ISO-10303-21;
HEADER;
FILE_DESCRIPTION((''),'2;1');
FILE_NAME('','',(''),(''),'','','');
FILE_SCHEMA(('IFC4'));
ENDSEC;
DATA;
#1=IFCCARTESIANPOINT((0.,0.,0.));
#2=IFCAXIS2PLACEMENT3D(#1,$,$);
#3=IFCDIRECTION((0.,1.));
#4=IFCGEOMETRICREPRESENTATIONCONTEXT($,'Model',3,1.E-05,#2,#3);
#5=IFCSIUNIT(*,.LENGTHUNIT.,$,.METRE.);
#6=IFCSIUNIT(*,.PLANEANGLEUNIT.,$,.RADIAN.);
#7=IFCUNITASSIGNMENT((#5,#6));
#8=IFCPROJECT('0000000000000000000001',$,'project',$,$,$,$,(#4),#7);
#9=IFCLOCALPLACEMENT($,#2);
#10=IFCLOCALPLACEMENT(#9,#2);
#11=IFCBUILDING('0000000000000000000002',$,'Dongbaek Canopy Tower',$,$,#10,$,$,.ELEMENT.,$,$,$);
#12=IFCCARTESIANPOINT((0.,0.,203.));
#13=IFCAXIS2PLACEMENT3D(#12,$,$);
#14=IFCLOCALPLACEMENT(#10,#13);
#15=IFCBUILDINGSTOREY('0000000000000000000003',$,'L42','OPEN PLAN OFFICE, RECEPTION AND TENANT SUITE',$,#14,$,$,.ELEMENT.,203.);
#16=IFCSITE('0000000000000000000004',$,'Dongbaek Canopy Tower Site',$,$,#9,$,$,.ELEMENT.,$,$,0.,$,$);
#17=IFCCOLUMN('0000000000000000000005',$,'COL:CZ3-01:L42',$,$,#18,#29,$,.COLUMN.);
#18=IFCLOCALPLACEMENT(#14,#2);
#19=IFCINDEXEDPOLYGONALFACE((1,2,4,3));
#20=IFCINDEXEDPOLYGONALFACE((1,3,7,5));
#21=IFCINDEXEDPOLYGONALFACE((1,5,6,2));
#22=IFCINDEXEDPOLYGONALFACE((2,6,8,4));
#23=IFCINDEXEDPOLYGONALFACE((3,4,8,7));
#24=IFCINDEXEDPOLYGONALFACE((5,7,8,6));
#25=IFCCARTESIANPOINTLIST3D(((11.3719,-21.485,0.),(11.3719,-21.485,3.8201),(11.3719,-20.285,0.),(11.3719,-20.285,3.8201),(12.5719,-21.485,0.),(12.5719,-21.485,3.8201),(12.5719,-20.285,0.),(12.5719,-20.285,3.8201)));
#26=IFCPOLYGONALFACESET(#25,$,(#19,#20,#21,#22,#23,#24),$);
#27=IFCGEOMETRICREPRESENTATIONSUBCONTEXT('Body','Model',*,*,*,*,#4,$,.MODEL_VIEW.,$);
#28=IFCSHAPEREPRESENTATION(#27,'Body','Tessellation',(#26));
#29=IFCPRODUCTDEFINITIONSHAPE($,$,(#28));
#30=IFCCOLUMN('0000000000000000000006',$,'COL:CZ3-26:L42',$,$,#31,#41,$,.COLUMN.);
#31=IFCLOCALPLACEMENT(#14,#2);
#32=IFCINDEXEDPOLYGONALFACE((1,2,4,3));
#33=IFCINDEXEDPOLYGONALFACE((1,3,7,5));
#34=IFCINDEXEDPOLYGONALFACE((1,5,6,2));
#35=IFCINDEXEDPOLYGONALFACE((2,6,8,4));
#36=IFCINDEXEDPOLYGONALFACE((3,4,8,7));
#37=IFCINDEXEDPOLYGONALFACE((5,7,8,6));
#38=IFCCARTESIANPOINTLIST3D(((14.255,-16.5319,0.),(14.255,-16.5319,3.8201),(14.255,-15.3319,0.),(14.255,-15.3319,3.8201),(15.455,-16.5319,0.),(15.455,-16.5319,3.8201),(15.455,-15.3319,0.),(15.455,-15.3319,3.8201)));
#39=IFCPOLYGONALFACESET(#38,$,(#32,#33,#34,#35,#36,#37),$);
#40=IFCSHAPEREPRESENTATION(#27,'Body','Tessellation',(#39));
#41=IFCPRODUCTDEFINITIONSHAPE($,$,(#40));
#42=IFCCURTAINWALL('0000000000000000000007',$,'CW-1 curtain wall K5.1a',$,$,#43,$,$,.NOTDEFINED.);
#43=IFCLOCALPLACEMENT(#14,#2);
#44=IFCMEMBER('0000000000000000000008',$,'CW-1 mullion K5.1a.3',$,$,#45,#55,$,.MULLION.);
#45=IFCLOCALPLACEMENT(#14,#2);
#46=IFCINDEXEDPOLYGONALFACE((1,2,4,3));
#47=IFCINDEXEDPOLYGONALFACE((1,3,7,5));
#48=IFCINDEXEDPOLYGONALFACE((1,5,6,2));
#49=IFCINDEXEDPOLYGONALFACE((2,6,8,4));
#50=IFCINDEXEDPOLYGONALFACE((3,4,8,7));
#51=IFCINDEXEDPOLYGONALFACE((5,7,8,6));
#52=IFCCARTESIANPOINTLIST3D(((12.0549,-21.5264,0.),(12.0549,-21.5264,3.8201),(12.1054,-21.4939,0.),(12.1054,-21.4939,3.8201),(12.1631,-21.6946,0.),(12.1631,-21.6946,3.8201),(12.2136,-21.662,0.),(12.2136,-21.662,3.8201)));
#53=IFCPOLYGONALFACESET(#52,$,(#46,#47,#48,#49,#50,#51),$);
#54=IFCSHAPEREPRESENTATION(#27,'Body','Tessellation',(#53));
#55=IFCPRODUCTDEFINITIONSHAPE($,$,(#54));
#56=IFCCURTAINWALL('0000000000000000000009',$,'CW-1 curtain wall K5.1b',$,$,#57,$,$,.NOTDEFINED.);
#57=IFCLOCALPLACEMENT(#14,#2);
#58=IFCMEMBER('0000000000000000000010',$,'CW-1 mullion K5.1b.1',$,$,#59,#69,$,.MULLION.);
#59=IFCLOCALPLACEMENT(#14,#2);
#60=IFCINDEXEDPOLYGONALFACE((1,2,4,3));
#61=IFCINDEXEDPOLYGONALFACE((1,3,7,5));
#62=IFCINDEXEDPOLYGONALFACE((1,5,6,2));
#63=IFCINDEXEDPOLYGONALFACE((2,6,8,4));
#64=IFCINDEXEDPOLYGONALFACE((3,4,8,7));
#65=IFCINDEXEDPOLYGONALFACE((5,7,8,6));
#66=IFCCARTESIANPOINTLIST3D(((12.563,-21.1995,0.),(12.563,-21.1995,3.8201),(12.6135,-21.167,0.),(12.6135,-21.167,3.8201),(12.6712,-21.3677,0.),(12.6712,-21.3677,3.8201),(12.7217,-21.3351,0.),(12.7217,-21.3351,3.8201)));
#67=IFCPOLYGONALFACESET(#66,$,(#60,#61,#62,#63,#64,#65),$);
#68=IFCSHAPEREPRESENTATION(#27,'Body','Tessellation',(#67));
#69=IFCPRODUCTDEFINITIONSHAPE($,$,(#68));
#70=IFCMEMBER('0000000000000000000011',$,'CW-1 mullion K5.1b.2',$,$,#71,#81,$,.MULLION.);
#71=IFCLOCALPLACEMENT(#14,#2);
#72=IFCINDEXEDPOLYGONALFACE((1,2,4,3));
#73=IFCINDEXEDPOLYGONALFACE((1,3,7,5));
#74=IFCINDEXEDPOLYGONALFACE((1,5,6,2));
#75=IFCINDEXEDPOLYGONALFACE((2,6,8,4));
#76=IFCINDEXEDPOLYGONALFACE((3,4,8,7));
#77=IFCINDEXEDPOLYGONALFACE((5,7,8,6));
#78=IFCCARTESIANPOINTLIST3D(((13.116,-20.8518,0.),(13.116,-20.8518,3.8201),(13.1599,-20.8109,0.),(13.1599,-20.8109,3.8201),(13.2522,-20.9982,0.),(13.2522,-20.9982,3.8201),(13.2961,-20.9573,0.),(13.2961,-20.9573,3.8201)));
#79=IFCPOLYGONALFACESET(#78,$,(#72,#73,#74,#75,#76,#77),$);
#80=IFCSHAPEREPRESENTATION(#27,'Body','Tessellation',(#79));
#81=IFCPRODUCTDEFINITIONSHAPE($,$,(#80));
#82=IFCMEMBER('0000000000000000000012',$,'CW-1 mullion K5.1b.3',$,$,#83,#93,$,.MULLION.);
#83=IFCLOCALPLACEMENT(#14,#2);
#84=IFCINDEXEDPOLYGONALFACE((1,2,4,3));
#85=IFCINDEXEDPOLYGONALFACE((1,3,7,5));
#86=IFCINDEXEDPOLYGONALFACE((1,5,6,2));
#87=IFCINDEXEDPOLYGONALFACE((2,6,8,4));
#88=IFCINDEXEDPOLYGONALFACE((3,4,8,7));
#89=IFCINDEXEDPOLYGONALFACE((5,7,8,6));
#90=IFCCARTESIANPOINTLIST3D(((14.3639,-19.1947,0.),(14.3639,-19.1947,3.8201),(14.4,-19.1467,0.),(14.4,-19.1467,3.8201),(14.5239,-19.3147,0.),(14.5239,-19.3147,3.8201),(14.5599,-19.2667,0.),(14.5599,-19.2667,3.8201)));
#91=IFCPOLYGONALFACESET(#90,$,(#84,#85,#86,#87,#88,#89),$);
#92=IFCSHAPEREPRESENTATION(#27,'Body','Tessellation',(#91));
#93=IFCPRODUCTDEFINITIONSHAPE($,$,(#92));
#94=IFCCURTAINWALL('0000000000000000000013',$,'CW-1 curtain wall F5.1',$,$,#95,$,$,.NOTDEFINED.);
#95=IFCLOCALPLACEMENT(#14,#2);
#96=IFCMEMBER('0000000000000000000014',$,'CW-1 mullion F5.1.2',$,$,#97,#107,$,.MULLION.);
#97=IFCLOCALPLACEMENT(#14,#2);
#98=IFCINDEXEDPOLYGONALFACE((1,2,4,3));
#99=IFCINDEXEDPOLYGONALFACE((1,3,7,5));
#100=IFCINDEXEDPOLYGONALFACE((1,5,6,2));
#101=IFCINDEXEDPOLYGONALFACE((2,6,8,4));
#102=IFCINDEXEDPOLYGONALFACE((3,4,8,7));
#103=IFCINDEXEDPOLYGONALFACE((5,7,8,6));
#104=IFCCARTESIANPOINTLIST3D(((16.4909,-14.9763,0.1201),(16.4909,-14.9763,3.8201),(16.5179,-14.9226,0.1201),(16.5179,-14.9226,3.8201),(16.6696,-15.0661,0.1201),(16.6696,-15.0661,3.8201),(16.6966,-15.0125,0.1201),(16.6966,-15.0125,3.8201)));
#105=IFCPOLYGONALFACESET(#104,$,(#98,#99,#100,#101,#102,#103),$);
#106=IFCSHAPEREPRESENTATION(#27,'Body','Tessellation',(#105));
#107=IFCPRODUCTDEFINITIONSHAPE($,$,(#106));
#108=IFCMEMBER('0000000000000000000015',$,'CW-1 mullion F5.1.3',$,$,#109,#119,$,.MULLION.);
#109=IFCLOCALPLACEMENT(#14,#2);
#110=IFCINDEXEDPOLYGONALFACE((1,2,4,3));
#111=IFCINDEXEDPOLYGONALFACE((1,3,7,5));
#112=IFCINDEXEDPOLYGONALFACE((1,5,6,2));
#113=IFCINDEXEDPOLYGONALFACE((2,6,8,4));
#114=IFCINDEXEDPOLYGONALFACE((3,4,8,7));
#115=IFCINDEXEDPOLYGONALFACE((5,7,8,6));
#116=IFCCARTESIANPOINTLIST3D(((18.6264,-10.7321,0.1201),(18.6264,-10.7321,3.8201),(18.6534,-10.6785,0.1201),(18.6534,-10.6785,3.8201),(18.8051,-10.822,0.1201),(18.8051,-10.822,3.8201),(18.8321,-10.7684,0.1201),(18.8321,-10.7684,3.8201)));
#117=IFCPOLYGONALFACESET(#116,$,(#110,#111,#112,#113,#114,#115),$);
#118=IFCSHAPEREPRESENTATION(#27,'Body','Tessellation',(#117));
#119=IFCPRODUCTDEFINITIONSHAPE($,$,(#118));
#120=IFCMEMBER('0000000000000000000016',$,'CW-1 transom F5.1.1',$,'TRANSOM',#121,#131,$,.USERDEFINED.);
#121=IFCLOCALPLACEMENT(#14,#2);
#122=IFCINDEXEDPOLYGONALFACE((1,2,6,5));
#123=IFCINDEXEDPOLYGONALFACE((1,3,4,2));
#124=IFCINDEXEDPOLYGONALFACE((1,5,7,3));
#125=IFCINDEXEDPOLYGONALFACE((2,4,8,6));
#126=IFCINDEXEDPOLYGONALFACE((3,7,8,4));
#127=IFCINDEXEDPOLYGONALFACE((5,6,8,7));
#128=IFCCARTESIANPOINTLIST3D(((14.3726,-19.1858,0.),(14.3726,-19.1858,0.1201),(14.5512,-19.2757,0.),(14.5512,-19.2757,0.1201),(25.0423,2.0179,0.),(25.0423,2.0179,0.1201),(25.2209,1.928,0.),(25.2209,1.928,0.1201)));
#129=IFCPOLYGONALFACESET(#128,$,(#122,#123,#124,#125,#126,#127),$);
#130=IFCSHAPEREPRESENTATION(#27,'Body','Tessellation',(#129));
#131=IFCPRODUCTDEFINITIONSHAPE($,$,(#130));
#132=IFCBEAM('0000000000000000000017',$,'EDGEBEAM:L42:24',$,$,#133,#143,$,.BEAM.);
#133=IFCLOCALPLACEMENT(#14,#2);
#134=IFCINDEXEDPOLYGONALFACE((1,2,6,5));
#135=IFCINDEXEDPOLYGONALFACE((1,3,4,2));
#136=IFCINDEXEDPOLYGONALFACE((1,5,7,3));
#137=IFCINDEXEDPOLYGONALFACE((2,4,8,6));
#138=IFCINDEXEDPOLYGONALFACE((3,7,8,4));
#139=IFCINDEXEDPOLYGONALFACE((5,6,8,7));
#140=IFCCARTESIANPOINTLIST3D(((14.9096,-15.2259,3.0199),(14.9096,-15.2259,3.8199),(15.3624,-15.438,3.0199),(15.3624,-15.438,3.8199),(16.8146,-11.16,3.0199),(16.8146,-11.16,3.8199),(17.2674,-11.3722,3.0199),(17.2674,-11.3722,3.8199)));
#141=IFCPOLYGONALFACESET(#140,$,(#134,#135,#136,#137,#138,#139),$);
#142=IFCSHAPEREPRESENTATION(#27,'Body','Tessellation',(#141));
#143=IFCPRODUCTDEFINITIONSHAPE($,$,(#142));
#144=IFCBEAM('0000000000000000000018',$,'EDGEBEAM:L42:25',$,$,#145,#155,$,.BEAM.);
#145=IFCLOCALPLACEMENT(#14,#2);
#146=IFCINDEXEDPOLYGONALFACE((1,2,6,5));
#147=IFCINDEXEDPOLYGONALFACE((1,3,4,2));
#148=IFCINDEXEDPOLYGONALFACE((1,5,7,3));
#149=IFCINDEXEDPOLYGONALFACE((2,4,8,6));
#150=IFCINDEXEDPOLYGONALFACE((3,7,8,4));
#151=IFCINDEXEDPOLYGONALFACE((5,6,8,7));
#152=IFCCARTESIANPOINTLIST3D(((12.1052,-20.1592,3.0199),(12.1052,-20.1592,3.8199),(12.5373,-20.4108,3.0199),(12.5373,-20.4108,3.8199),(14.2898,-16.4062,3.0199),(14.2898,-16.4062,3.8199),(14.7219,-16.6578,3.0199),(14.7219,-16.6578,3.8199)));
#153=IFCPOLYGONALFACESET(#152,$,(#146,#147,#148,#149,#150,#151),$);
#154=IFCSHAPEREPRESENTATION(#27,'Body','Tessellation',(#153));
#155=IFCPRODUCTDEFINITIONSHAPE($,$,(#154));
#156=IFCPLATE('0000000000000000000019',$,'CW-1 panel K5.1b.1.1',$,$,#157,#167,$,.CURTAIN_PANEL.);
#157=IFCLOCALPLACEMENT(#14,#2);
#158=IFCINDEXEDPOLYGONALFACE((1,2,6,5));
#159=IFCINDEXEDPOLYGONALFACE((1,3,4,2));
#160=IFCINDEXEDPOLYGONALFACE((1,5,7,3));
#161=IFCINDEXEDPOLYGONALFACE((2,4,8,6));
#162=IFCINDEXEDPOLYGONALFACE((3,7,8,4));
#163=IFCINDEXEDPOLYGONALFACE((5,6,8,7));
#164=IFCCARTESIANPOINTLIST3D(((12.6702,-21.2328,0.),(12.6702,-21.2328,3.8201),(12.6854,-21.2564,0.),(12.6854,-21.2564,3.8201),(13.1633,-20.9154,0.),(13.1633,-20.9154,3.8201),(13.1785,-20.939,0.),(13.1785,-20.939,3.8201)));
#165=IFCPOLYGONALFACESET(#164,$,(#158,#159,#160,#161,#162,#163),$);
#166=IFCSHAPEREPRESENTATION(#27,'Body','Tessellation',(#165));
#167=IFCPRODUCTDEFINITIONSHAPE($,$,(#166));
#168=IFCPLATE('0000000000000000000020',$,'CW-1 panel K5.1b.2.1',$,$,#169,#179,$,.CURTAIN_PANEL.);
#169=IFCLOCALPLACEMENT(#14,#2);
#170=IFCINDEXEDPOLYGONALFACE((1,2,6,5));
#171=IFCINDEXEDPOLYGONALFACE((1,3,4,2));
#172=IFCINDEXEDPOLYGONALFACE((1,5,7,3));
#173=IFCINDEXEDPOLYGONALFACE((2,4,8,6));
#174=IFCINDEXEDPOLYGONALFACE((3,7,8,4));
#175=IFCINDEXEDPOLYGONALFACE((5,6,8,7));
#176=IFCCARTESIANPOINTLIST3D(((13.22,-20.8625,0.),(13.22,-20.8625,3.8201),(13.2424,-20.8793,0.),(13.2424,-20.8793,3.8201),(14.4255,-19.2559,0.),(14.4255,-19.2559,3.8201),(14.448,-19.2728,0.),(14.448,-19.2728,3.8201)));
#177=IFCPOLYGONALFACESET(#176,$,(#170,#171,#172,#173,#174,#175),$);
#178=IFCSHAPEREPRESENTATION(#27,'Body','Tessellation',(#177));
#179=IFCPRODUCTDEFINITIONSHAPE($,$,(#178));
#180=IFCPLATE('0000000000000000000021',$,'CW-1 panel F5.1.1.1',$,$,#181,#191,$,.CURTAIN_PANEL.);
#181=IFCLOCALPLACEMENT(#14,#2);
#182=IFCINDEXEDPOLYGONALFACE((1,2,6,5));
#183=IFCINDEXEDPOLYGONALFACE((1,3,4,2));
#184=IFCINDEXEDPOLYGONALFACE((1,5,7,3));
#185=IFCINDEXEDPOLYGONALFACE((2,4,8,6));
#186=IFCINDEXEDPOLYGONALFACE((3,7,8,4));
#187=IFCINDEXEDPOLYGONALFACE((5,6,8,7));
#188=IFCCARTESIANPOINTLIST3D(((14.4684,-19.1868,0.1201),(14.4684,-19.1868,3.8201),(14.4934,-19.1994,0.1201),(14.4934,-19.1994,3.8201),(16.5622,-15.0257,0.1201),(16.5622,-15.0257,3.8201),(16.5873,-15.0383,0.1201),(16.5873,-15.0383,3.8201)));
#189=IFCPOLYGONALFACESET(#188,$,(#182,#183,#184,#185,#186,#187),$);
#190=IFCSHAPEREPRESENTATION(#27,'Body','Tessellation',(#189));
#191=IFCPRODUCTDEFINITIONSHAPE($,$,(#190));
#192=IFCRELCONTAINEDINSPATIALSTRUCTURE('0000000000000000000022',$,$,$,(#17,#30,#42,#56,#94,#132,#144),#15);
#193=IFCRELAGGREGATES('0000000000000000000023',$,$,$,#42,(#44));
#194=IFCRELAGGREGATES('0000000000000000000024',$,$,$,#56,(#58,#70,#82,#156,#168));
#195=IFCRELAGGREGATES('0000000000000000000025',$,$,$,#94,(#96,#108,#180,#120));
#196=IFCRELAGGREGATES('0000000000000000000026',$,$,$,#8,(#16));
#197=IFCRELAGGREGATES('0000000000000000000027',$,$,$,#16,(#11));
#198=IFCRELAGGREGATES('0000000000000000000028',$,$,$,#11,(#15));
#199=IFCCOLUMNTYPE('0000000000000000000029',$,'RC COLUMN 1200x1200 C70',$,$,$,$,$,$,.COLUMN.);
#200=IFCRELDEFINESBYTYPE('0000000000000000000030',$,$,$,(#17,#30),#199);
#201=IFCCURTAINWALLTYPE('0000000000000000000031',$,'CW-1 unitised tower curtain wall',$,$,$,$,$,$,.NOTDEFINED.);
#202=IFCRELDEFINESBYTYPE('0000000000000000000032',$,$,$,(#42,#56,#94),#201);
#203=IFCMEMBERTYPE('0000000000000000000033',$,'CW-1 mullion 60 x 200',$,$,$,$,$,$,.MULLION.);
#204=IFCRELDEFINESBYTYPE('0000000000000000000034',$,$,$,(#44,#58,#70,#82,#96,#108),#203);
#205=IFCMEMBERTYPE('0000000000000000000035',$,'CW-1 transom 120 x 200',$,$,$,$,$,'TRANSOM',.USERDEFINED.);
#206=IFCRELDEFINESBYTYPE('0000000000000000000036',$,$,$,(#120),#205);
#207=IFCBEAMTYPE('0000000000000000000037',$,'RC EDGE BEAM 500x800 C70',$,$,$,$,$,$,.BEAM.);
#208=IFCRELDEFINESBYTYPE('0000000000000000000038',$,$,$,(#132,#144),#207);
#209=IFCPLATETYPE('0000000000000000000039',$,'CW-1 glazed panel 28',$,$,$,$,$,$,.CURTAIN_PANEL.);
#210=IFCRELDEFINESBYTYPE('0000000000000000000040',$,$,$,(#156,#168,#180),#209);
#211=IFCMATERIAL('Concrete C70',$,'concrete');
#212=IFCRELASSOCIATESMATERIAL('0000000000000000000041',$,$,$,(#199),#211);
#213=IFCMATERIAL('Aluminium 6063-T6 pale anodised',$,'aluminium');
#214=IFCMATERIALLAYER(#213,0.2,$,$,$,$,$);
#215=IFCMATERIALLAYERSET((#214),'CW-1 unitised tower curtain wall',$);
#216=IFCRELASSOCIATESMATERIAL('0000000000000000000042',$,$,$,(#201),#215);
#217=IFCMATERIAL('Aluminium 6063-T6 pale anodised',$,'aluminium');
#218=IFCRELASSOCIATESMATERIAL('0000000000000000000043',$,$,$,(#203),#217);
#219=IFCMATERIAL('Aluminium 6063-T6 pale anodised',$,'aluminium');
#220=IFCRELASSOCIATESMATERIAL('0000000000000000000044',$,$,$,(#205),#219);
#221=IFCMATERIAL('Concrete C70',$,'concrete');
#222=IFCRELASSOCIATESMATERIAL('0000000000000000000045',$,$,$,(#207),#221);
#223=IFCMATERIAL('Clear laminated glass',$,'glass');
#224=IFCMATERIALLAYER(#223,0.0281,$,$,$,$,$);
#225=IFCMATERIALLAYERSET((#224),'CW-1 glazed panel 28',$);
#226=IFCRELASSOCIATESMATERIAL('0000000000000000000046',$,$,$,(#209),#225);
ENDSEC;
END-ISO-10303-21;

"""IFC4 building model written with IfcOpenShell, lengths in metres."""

from ifc_helpers import new_model, si_unit, direction, frame, origin, origin_2d, place, context, subcontext, project, spatial, rectangle, extrude, material, layer, layer_set, material_profile, profile_set, type_object, element, aggregate, save


model = new_model("IFC4")

# Units and contexts
model_context = context("Model", 3, precision=1e-05, world=origin(), true_north=direction((0.0, 1.0)))
body_context = subcontext(model_context, "Body", "Model", "MODEL_VIEW")
ifc_project = project(units=[si_unit("LENGTHUNIT", "METRE"), si_unit("PLANEANGLEUNIT", "RADIAN")], contexts=[model_context])

# Site, building, storey
site_placement = place(None, origin())
site = spatial("IfcSite", under=ifc_project, at=site_placement, Name="Dongbaek Canopy Tower Site", CompositionType="ELEMENT", RefElevation=0.0)
building_placement = place(site_placement, origin())
building = spatial("IfcBuilding", under=site, at=building_placement, Name="Dongbaek Canopy Tower", CompositionType="ELEMENT")
storey_placement = place(building_placement, frame((0.0, 0.0, 203.0)))
storey = spatial("IfcBuildingStorey", under=building, at=storey_placement, Name="L42", Description="OPEN PLAN OFFICE, RECEPTION AND TENANT SUITE", CompositionType="ELEMENT", Elevation=203.0)

# Columns
ifc_material_1 = material(Name="Concrete C70", Category="concrete")
ifc_material_profile_1 = material_profile(ifc_material_1, rectangle(XDim=1.2, YDim=1.2, at=origin_2d()), Name="RC COLUMN 1200x1200 C70")
ifc_profile_set_1 = profile_set([ifc_material_profile_1], Name="Concrete C70")
column_type = type_object("IfcColumnType", Name="RC COLUMN 1200x1200 C70", PredefinedType="COLUMN", material=ifc_profile_set_1)
for number, where, z_axis, x_axis, name in (
    (1, (11.9719, -20.885, 0.0), (0.0, 0.0, 1.0), (1.0, 0.0, 0.0), "COL:CZ3-01:L42"),
    (2, (14.855, -15.9319, 0.0), (0.0, 0.0, 1.0), (1.0, 0.0, 0.0), "COL:CZ3-26:L42"),
):
    element("IfcColumn", number, at=place(storey_placement, frame(where, z_axis=z_axis, x_axis=x_axis)), inside=storey, type_object=column_type, Name=name, PredefinedType="COLUMN", context=body_context, shape_type="SweptSolid", body=[
        extrude(rectangle(XDim=1.2, YDim=1.2, at=origin_2d()), origin(), (0.0, 0.0, 1.0), 3.8201),
    ])

# Curtain wall, member
ifc_material_2 = material(Name="Aluminium 6063-T6 pale anodised", Category="aluminium")
ifc_layer_1 = layer(ifc_material_2, 0.2)
ifc_layer_set_1 = layer_set([ifc_layer_1], Name="CW-1 unitised tower curtain wall")
curtain_wall_type = type_object("IfcCurtainWallType", Name="CW-1 unitised tower curtain wall", PredefinedType="NOTDEFINED", material=ifc_layer_set_1)
curtain_wall_1_placement = place(storey_placement, origin())
curtain_wall_1 = element("IfcCurtainWall", 3, at=curtain_wall_1_placement, inside=storey, type_object=curtain_wall_type, Name="CW-1 curtain wall K5.1a", PredefinedType="NOTDEFINED")
ifc_material_3 = material(Name="Aluminium 6063-T6 pale anodised", Category="aluminium")
ifc_material_profile_2 = material_profile(ifc_material_3, rectangle(XDim=0.2, YDim=0.0601, at=origin_2d()), Name="CW-1 mullion 60 x 200")
ifc_profile_set_2 = profile_set([ifc_material_profile_2], Name="Aluminium 6063-T6 pale anodised")
member_type_1 = type_object("IfcMemberType", Name="CW-1 mullion 60 x 200", PredefinedType="MULLION", material=ifc_profile_set_2)
member_1_placement = place(storey_placement, frame((12.1343, -21.5942, 0.0), z_axis=(0.0, 0.0, 1.0), x_axis=(0.541263, -0.840853, 0.0)))
member_1 = element("IfcMember", 4, at=member_1_placement, type_object=member_type_1, Name="CW-1 mullion K5.1a.3", PredefinedType="MULLION", context=body_context, shape_type="SweptSolid", body=[
    extrude(rectangle(XDim=0.2, YDim=0.0601, at=origin_2d()), origin(), (0.0, 0.0, 1.0), 3.8201),
])
aggregate(curtain_wall_1, [member_1])

# Curtain walls, members
curtain_wall_2_placement = place(storey_placement, origin())
curtain_wall_2 = element("IfcCurtainWall", 5, at=curtain_wall_2_placement, inside=storey, type_object=curtain_wall_type, Name="CW-1 curtain wall K5.1b", PredefinedType="NOTDEFINED")
member_2_placement = place(storey_placement, frame((12.6423, -21.2673, 0.0), z_axis=(0.0, 0.0, 1.0), x_axis=(0.541263, -0.840853, 0.0)))
member_2 = element("IfcMember", 6, at=member_2_placement, type_object=member_type_1, Name="CW-1 mullion K5.1b.1", PredefinedType="MULLION", context=body_context, shape_type="SweptSolid", body=[
    extrude(rectangle(XDim=0.2, YDim=0.0601, at=origin_2d()), origin(), (0.0, 0.0, 1.0), 3.8201),
])
member_3_placement = place(storey_placement, frame((13.2061, -20.9045, 0.0), z_axis=(0.0, 0.0, 1.0), x_axis=(0.681266, -0.732036, 0.0)))
member_3 = element("IfcMember", 7, at=member_3_placement, type_object=member_type_1, Name="CW-1 mullion K5.1b.2", PredefinedType="MULLION", context=body_context, shape_type="SweptSolid", body=[
    extrude(rectangle(XDim=0.2, YDim=0.0601, at=origin_2d()), origin(), (0.0, 0.0, 1.0), 3.8201),
])
member_4_placement = place(storey_placement, frame((14.4619, -19.2307, 0.0), z_axis=(0.0, 0.0, 1.0), x_axis=(0.799847, -0.600203, 0.0)))
member_4 = element("IfcMember", 8, at=member_4_placement, type_object=member_type_1, Name="CW-1 mullion K5.1b.3", PredefinedType="MULLION", context=body_context, shape_type="SweptSolid", body=[
    extrude(rectangle(XDim=0.2, YDim=0.0601, at=origin_2d()), origin(), (0.0, 0.0, 1.0), 3.8201),
])
curtain_wall_3_placement = place(storey_placement, origin())
curtain_wall_3 = element("IfcCurtainWall", 9, at=curtain_wall_3_placement, inside=storey, type_object=curtain_wall_type, Name="CW-1 curtain wall F5.1", PredefinedType="NOTDEFINED")
member_5_placement = place(storey_placement, frame((16.5938, -14.9944, 0.1201), z_axis=(0.0, 0.0, 1.0), x_axis=(0.893281, -0.449499, 0.0)))
member_5 = element("IfcMember", 10, at=member_5_placement, type_object=member_type_1, Name="CW-1 mullion F5.1.2", PredefinedType="MULLION", context=body_context, shape_type="SweptSolid", body=[
    extrude(rectangle(XDim=0.2, YDim=0.0601, at=origin_2d()), origin(), (0.0, 0.0, 1.0), 3.7),
])
member_6_placement = place(storey_placement, frame((18.7292, -10.7502, 0.1201), z_axis=(0.0, 0.0, 1.0), x_axis=(0.893281, -0.449499, 0.0)))
member_6 = element("IfcMember", 11, at=member_6_placement, type_object=member_type_1, Name="CW-1 mullion F5.1.3", PredefinedType="MULLION", context=body_context, shape_type="SweptSolid", body=[
    extrude(rectangle(XDim=0.2, YDim=0.0601, at=origin_2d()), origin(), (0.0, 0.0, 1.0), 3.7),
])
ifc_material_4 = material(Name="Aluminium 6063-T6 pale anodised", Category="aluminium")
ifc_material_profile_3 = material_profile(ifc_material_4, rectangle(XDim=0.2, YDim=0.1201, at=origin_2d()), Name="CW-1 transom 120 x 200")
ifc_profile_set_3 = profile_set([ifc_material_profile_3], Name="Aluminium 6063-T6 pale anodised")
member_type_2 = type_object("IfcMemberType", Name="CW-1 transom 120 x 200", ElementType="TRANSOM", PredefinedType="USERDEFINED", material=ifc_profile_set_3)
member_7_placement = place(storey_placement, frame((14.4619, -19.2307, 0.0601), z_axis=(0.4495, 0.893281, 0.0), x_axis=(-0.893281, 0.4495, 0.0)))
member_7 = element("IfcMember", 12, at=member_7_placement, type_object=member_type_2, Name="CW-1 transom F5.1.1", ObjectType="TRANSOM", PredefinedType="USERDEFINED", context=body_context, shape_type="SweptSolid", body=[
    extrude(rectangle(XDim=0.2, YDim=0.1201, at=origin_2d()), origin(), (0.0, 0.0, 1.0), 23.7368),
])

# Beams
ifc_material_5 = material(Name="Concrete C70", Category="concrete")
ifc_material_profile_4 = material_profile(ifc_material_5, rectangle(XDim=0.5, YDim=0.8, at=origin_2d()), Name="RC EDGE BEAM 500x800 C70")
ifc_profile_set_4 = profile_set([ifc_material_profile_4], Name="Concrete C70")
beam_type = type_object("IfcBeamType", Name="RC EDGE BEAM 500x800 C70", PredefinedType="BEAM", material=ifc_profile_set_4)
beam_1_placement = place(storey_placement, frame((17.041, -11.2661, 3.4199), z_axis=(-0.424275, -0.905533, 0.0), x_axis=(0.905533, -0.424275, 0.0)))
element("IfcBeam", 13, at=beam_1_placement, inside=storey, type_object=beam_type, Name="EDGEBEAM:L42:24", PredefinedType="BEAM", context=body_context, shape_type="SweptSolid", body=[
    extrude(rectangle(XDim=0.5, YDim=0.8, at=origin_2d()), origin(), (0.0, 0.0, 1.0), 4.49),
])
beam_2_placement = place(storey_placement, frame((14.5059, -16.532, 3.4199), z_axis=(-0.503074, -0.864243, 0.0), x_axis=(0.864243, -0.503074, 0.0)))
element("IfcBeam", 14, at=beam_2_placement, inside=storey, type_object=beam_type, Name="EDGEBEAM:L42:25", PredefinedType="BEAM", context=body_context, shape_type="SweptSolid", body=[
    extrude(rectangle(XDim=0.5, YDim=0.8, at=origin_2d()), origin(), (0.0, 0.0, 1.0), 4.3425),
])

# Plates
ifc_material_6 = material(Name="Clear laminated glass", Category="glass")
ifc_layer_2 = layer(ifc_material_6, 0.0281)
ifc_layer_set_2 = layer_set([ifc_layer_2], Name="CW-1 glazed panel 28")
plate_type = type_object("IfcPlateType", Name="CW-1 glazed panel 28", PredefinedType="CURTAIN_PANEL", material=ifc_layer_set_2)
plate_1_placement = place(storey_placement, frame((12.9243, -21.0859, 0.0), z_axis=(0.0, 0.0, 1.0), x_axis=(0.840853, 0.541263, 0.0)))
plate_1 = element("IfcPlate", 15, at=plate_1_placement, type_object=plate_type, Name="CW-1 panel K5.1b.1.1", PredefinedType="CURTAIN_PANEL", context=body_context, shape_type="SweptSolid", body=[
    extrude(rectangle(XDim=0.5864, YDim=0.0281, at=origin_2d()), origin(), (0.0, 0.0, 1.0), 3.8201),
])
plate_2_placement = place(storey_placement, frame((13.834, -20.0676, 0.0), z_axis=(0.0, 0.0, 1.0), x_axis=(0.600203, 0.799847, 0.0)))
plate_2 = element("IfcPlate", 16, at=plate_2_placement, type_object=plate_type, Name="CW-1 panel K5.1b.2.1", PredefinedType="CURTAIN_PANEL", context=body_context, shape_type="SweptSolid", body=[
    extrude(rectangle(XDim=2.0085, YDim=0.0281, at=origin_2d()), origin(), (0.0, 0.0, 1.0), 3.8201),
])
plate_3_placement = place(storey_placement, frame((15.5278, -17.1125, 0.1201), z_axis=(0.0, 0.0, 1.0), x_axis=(0.449499, 0.893281, 0.0)))
plate_3 = element("IfcPlate", 17, at=plate_3_placement, type_object=plate_type, Name="CW-1 panel F5.1.1.1", PredefinedType="CURTAIN_PANEL", context=body_context, shape_type="SweptSolid", body=[
    extrude(rectangle(XDim=4.6582, YDim=0.0281, at=origin_2d()), origin(), (0.0, 0.0, 1.0), 3.7),
])

aggregate(curtain_wall_2, [member_2, member_3, member_4, plate_1, plate_2])
aggregate(curtain_wall_3, [member_5, member_6, plate_3, member_7])

save(model, "model.ifc")
